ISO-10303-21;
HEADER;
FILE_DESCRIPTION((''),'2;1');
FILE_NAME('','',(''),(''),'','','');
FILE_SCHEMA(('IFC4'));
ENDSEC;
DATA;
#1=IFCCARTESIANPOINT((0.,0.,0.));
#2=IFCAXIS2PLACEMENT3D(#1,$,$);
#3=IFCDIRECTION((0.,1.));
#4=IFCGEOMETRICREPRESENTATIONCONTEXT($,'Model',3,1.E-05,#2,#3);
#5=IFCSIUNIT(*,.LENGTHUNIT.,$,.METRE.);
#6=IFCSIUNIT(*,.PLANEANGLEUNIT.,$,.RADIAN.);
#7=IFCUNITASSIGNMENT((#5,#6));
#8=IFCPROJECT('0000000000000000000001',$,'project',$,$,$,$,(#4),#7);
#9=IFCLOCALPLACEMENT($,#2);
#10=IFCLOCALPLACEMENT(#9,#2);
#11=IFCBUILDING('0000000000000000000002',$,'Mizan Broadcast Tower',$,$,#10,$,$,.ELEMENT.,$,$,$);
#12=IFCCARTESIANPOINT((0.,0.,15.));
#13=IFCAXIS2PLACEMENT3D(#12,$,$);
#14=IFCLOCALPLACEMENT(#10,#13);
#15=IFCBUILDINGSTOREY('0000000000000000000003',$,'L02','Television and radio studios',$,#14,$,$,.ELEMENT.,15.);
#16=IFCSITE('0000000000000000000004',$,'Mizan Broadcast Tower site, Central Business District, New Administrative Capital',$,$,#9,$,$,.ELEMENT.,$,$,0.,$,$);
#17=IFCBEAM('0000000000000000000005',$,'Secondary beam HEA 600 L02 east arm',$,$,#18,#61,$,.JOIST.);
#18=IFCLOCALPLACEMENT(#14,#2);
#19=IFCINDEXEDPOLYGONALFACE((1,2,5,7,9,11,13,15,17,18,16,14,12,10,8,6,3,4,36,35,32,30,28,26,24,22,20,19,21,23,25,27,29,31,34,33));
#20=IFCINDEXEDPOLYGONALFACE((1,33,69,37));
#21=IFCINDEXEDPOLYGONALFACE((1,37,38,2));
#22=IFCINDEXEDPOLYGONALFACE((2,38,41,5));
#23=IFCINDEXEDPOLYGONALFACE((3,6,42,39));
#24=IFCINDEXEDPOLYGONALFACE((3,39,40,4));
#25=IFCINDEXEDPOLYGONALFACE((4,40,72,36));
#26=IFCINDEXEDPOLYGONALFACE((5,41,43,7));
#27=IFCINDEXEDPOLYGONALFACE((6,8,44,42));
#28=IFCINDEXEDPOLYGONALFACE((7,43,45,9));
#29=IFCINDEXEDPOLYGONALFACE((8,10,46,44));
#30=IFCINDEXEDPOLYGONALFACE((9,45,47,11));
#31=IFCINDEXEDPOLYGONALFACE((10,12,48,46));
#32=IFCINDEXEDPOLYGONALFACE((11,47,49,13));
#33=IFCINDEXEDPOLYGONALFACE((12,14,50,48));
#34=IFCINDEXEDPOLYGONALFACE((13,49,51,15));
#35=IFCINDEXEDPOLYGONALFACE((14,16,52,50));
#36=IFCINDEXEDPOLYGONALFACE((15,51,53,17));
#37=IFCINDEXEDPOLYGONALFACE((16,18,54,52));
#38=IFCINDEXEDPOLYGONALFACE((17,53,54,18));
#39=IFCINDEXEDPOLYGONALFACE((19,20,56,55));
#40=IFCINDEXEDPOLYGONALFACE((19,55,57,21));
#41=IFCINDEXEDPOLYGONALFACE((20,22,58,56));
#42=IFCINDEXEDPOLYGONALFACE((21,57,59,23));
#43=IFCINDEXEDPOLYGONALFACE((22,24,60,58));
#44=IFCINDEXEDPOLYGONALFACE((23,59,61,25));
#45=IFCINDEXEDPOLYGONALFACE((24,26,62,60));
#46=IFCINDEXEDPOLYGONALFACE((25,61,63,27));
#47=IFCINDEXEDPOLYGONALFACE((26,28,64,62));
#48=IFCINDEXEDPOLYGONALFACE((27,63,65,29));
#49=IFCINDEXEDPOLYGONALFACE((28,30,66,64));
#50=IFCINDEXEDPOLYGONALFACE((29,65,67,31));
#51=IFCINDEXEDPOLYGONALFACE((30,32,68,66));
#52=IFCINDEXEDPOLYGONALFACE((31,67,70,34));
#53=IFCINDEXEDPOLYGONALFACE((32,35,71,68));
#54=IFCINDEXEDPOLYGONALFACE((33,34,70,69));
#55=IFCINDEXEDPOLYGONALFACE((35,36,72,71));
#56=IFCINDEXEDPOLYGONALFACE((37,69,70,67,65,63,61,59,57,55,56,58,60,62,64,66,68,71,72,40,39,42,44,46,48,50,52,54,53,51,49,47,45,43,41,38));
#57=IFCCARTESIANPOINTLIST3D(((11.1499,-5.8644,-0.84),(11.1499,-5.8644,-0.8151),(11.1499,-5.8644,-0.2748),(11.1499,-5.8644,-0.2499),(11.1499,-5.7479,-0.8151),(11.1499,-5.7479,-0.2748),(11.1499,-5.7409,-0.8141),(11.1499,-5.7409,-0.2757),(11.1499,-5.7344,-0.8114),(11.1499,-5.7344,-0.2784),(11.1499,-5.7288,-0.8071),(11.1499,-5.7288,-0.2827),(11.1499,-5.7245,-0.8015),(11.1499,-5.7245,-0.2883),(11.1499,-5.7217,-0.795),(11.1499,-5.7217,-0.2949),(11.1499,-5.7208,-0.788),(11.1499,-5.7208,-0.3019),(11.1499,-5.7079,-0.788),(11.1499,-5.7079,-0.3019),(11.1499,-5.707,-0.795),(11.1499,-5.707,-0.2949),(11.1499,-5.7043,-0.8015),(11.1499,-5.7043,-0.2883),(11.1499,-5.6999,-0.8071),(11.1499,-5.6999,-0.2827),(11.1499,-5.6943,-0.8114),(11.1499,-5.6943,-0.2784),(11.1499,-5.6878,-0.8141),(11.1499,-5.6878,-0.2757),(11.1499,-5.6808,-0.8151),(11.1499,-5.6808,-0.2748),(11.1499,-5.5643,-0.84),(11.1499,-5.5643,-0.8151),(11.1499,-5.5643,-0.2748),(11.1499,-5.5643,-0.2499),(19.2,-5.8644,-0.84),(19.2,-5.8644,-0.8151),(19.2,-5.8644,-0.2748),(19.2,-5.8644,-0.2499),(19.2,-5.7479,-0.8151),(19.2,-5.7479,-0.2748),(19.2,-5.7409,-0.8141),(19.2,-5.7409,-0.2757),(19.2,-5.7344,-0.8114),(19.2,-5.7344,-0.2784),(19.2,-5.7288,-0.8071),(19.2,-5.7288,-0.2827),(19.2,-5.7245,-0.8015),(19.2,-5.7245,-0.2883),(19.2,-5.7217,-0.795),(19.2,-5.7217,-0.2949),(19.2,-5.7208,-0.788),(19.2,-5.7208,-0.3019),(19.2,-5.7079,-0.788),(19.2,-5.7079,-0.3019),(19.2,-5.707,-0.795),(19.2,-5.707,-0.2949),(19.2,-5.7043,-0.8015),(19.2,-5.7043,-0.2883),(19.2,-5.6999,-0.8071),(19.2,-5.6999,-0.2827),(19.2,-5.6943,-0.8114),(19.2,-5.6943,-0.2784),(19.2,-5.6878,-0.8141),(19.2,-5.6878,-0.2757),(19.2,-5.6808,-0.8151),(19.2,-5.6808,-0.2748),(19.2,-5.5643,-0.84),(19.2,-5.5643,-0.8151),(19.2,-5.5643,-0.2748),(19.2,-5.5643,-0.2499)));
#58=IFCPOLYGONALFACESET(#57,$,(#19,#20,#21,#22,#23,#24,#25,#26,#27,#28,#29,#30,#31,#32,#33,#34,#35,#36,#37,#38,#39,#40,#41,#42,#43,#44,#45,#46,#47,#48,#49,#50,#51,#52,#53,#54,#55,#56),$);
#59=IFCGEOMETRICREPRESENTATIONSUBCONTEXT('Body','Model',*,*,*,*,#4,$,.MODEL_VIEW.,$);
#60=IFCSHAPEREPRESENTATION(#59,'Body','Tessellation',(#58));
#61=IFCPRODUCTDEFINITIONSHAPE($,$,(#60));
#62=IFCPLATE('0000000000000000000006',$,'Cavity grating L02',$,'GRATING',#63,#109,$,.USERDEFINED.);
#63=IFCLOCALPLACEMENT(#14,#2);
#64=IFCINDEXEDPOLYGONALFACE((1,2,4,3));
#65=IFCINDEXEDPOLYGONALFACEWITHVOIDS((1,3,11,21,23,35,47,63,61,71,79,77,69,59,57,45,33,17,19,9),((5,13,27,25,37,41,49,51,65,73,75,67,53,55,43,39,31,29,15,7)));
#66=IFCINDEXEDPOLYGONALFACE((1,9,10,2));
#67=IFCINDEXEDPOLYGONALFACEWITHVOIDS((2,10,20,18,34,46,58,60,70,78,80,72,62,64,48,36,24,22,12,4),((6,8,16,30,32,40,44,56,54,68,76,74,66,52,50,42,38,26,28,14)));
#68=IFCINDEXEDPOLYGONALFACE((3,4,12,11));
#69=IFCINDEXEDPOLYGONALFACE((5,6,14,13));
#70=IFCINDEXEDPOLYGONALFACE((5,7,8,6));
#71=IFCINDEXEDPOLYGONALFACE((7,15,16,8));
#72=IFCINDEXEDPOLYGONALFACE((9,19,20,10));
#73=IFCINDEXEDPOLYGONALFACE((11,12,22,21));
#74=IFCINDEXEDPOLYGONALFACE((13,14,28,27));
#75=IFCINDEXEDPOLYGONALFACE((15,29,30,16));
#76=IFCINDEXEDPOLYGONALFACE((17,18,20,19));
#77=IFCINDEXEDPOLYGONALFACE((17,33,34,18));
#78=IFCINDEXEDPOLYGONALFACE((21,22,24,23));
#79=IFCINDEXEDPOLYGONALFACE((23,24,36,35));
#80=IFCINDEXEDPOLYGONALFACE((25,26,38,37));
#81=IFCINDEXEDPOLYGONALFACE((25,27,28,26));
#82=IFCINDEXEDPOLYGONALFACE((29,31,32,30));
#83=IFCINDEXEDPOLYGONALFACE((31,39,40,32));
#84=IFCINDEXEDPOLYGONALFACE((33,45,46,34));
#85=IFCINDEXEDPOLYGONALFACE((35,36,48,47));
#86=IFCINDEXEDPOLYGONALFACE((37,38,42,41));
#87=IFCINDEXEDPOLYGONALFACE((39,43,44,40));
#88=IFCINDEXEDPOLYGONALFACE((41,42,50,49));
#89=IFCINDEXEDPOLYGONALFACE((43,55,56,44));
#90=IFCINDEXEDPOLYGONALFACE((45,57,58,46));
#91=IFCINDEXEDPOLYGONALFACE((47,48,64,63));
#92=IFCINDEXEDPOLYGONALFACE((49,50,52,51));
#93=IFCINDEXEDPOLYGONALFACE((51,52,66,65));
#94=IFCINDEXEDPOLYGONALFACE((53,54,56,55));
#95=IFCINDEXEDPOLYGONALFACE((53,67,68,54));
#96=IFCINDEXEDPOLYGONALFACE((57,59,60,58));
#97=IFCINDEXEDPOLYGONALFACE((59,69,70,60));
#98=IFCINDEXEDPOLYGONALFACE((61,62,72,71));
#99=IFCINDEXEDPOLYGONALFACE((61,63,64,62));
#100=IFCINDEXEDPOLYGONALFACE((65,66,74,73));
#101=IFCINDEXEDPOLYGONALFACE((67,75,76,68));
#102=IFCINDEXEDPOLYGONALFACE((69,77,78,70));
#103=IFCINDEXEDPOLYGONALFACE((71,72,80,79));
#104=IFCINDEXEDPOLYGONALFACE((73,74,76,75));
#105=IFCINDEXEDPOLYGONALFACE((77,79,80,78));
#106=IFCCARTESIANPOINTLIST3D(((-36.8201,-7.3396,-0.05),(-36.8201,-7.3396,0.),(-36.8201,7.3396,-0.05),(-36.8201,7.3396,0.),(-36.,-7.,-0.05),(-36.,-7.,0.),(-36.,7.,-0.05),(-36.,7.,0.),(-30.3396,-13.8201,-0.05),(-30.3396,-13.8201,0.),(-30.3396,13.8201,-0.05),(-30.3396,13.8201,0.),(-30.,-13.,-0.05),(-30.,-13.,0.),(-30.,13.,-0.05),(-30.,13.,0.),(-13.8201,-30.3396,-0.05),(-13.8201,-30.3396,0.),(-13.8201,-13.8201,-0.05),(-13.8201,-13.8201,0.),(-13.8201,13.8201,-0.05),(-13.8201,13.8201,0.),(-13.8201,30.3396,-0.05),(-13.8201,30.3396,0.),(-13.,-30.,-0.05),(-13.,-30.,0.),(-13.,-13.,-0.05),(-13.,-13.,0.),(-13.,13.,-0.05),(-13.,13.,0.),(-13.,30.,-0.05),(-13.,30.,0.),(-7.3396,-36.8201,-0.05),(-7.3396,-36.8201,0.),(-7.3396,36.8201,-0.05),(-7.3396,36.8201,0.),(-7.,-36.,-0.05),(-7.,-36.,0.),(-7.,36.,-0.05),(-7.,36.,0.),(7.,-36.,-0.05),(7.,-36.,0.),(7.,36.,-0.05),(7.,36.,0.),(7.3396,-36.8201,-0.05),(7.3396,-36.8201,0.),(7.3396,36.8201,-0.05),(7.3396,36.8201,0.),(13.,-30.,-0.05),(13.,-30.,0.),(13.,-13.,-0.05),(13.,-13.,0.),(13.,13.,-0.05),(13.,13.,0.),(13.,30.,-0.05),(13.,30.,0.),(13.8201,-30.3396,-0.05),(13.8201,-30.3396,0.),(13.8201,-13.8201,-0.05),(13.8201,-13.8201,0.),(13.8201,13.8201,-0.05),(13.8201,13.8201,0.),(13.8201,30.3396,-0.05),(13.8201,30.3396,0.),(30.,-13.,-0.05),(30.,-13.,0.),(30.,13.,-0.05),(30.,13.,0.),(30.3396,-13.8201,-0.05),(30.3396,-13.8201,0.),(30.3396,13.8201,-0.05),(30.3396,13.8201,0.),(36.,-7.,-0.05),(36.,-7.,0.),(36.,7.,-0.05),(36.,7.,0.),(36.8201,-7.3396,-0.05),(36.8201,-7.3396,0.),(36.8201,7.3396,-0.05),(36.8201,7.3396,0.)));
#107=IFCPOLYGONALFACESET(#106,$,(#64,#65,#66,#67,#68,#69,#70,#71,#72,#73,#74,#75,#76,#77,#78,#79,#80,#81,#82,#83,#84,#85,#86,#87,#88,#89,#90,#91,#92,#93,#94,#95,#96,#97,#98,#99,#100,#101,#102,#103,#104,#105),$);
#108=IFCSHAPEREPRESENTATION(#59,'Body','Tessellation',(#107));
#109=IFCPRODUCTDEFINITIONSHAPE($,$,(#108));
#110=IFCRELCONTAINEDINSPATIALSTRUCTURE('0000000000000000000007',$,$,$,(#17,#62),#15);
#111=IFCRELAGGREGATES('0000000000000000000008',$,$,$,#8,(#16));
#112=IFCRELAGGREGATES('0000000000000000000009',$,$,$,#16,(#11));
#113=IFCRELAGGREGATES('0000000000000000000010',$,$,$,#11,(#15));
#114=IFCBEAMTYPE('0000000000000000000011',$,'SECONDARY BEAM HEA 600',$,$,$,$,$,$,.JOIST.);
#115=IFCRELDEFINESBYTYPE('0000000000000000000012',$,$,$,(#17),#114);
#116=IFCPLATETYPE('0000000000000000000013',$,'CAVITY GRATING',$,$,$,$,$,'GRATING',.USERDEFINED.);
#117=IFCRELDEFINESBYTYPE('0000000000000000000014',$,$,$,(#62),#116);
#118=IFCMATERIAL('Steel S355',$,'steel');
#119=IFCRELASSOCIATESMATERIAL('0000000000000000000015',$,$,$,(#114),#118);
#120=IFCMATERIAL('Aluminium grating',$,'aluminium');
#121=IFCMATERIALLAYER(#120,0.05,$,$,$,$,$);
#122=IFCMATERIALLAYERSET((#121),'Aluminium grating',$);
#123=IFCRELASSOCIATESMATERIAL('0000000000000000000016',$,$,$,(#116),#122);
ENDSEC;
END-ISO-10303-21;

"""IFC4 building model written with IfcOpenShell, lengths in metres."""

from ifc_helpers import new_model, si_unit, direction, frame, origin, origin_2d, place, context, subcontext, project, spatial, polyline, i_section, outline, extrude, material, layer, layer_set, material_profile, profile_set, type_object, element, save


model = new_model("IFC4")

# Units and contexts
model_context = context("Model", 3, precision=1e-05, world=origin(), true_north=direction((0.0, 1.0)))
body_context = subcontext(model_context, "Body", "Model", "MODEL_VIEW")
ifc_project = project(units=[si_unit("LENGTHUNIT", "METRE"), si_unit("PLANEANGLEUNIT", "RADIAN")], contexts=[model_context])

# Site, building, storey
site_placement = place(None, origin())
site = spatial("IfcSite", under=ifc_project, at=site_placement, Name="Mizan Broadcast Tower site, Central Business District, New Administrative Capital", CompositionType="ELEMENT", RefElevation=0.0)
building_placement = place(site_placement, origin())
building = spatial("IfcBuilding", under=site, at=building_placement, Name="Mizan Broadcast Tower", CompositionType="ELEMENT")
storey_placement = place(building_placement, frame((0.0, 0.0, 15.0)))
storey = spatial("IfcBuildingStorey", under=building, at=storey_placement, Name="L02", Description="Television and radio studios", CompositionType="ELEMENT", Elevation=15.0)

# Beam
ifc_material_1 = material(Name="Steel S355", Category="steel")
ifc_material_profile = material_profile(ifc_material_1, i_section(OverallWidth=0.3, OverallDepth=0.5901, WebThickness=0.0129, FlangeThickness=0.0249, FilletRadius=0.0271, at=origin_2d()), Name="HEA 600")
ifc_profile_set = profile_set([ifc_material_profile], Name="Steel S355")
beam_type = type_object("IfcBeamType", Name="SECONDARY BEAM HEA 600", PredefinedType="JOIST", material=ifc_profile_set)
beam_placement = place(storey_placement, frame((11.1499, -5.7144, -0.5449), z_axis=(1.0, 0.0, 0.0), x_axis=(0.0, 1.0, 0.0)))
element("IfcBeam", 1, at=beam_placement, inside=storey, type_object=beam_type, Name="Secondary beam HEA 600 L02 east arm", PredefinedType="JOIST", context=body_context, shape_type="SweptSolid", body=[
    extrude(i_section(OverallWidth=0.3, OverallDepth=0.5901, WebThickness=0.0129, FlangeThickness=0.0249, FilletRadius=0.0271, at=origin_2d()), origin(), (0.0, 0.0, 1.0), 8.05),
])

# Plate
ifc_material_2 = material(Name="Aluminium grating", Category="aluminium")
ifc_layer_1 = layer(ifc_material_2, 0.05)
ifc_layer_set_1 = layer_set([ifc_layer_1], Name="Aluminium grating")
plate_type = type_object("IfcPlateType", Name="CAVITY GRATING", ElementType="GRATING", PredefinedType="USERDEFINED", material=ifc_layer_set_1)
plate_placement = place(storey_placement, frame((0.0, 0.0, -0.05)))
element("IfcPlate", 2, at=plate_placement, inside=storey, type_object=plate_type, Name="Cavity grating L02", ObjectType="GRATING", PredefinedType="USERDEFINED", context=body_context, shape_type="SweptSolid", body=[
    extrude(outline(polyline([(7.3396, -36.8201), (13.8201, -30.3396), (13.8201, -13.8201), (30.3396, -13.8201), (36.8201, -7.3396), (36.8201, 7.3396), (30.3396, 13.8201), (13.8201, 13.8201), (13.8201, 30.3396), (7.3396, 36.8201), (-7.3396, 36.8201), (-13.8201, 30.3396), (-13.8201, 13.8201), (-30.3396, 13.8201), (-36.8201, 7.3396), (-36.8201, -7.3396), (-30.3396, -13.8201), (-13.8201, -13.8201), (-13.8201, -30.3396), (-7.3396, -36.8201), (7.3396, -36.8201)]), holes=[polyline([(36.0, -7.0), (30.0, -13.0), (13.0, -13.0), (13.0, -30.0), (7.0, -36.0), (-7.0, -36.0), (-13.0, -30.0), (-13.0, -13.0), (-30.0, -13.0), (-36.0, -7.0), (-36.0, 7.0), (-30.0, 13.0), (-13.0, 13.0), (-13.0, 30.0), (-7.0, 36.0), (7.0, 36.0), (13.0, 30.0), (13.0, 13.0), (30.0, 13.0), (36.0, 7.0), (36.0, -7.0)])]), origin(), (0.0, 0.0, 1.0), 0.05),
])

save(model, "model.ifc")
